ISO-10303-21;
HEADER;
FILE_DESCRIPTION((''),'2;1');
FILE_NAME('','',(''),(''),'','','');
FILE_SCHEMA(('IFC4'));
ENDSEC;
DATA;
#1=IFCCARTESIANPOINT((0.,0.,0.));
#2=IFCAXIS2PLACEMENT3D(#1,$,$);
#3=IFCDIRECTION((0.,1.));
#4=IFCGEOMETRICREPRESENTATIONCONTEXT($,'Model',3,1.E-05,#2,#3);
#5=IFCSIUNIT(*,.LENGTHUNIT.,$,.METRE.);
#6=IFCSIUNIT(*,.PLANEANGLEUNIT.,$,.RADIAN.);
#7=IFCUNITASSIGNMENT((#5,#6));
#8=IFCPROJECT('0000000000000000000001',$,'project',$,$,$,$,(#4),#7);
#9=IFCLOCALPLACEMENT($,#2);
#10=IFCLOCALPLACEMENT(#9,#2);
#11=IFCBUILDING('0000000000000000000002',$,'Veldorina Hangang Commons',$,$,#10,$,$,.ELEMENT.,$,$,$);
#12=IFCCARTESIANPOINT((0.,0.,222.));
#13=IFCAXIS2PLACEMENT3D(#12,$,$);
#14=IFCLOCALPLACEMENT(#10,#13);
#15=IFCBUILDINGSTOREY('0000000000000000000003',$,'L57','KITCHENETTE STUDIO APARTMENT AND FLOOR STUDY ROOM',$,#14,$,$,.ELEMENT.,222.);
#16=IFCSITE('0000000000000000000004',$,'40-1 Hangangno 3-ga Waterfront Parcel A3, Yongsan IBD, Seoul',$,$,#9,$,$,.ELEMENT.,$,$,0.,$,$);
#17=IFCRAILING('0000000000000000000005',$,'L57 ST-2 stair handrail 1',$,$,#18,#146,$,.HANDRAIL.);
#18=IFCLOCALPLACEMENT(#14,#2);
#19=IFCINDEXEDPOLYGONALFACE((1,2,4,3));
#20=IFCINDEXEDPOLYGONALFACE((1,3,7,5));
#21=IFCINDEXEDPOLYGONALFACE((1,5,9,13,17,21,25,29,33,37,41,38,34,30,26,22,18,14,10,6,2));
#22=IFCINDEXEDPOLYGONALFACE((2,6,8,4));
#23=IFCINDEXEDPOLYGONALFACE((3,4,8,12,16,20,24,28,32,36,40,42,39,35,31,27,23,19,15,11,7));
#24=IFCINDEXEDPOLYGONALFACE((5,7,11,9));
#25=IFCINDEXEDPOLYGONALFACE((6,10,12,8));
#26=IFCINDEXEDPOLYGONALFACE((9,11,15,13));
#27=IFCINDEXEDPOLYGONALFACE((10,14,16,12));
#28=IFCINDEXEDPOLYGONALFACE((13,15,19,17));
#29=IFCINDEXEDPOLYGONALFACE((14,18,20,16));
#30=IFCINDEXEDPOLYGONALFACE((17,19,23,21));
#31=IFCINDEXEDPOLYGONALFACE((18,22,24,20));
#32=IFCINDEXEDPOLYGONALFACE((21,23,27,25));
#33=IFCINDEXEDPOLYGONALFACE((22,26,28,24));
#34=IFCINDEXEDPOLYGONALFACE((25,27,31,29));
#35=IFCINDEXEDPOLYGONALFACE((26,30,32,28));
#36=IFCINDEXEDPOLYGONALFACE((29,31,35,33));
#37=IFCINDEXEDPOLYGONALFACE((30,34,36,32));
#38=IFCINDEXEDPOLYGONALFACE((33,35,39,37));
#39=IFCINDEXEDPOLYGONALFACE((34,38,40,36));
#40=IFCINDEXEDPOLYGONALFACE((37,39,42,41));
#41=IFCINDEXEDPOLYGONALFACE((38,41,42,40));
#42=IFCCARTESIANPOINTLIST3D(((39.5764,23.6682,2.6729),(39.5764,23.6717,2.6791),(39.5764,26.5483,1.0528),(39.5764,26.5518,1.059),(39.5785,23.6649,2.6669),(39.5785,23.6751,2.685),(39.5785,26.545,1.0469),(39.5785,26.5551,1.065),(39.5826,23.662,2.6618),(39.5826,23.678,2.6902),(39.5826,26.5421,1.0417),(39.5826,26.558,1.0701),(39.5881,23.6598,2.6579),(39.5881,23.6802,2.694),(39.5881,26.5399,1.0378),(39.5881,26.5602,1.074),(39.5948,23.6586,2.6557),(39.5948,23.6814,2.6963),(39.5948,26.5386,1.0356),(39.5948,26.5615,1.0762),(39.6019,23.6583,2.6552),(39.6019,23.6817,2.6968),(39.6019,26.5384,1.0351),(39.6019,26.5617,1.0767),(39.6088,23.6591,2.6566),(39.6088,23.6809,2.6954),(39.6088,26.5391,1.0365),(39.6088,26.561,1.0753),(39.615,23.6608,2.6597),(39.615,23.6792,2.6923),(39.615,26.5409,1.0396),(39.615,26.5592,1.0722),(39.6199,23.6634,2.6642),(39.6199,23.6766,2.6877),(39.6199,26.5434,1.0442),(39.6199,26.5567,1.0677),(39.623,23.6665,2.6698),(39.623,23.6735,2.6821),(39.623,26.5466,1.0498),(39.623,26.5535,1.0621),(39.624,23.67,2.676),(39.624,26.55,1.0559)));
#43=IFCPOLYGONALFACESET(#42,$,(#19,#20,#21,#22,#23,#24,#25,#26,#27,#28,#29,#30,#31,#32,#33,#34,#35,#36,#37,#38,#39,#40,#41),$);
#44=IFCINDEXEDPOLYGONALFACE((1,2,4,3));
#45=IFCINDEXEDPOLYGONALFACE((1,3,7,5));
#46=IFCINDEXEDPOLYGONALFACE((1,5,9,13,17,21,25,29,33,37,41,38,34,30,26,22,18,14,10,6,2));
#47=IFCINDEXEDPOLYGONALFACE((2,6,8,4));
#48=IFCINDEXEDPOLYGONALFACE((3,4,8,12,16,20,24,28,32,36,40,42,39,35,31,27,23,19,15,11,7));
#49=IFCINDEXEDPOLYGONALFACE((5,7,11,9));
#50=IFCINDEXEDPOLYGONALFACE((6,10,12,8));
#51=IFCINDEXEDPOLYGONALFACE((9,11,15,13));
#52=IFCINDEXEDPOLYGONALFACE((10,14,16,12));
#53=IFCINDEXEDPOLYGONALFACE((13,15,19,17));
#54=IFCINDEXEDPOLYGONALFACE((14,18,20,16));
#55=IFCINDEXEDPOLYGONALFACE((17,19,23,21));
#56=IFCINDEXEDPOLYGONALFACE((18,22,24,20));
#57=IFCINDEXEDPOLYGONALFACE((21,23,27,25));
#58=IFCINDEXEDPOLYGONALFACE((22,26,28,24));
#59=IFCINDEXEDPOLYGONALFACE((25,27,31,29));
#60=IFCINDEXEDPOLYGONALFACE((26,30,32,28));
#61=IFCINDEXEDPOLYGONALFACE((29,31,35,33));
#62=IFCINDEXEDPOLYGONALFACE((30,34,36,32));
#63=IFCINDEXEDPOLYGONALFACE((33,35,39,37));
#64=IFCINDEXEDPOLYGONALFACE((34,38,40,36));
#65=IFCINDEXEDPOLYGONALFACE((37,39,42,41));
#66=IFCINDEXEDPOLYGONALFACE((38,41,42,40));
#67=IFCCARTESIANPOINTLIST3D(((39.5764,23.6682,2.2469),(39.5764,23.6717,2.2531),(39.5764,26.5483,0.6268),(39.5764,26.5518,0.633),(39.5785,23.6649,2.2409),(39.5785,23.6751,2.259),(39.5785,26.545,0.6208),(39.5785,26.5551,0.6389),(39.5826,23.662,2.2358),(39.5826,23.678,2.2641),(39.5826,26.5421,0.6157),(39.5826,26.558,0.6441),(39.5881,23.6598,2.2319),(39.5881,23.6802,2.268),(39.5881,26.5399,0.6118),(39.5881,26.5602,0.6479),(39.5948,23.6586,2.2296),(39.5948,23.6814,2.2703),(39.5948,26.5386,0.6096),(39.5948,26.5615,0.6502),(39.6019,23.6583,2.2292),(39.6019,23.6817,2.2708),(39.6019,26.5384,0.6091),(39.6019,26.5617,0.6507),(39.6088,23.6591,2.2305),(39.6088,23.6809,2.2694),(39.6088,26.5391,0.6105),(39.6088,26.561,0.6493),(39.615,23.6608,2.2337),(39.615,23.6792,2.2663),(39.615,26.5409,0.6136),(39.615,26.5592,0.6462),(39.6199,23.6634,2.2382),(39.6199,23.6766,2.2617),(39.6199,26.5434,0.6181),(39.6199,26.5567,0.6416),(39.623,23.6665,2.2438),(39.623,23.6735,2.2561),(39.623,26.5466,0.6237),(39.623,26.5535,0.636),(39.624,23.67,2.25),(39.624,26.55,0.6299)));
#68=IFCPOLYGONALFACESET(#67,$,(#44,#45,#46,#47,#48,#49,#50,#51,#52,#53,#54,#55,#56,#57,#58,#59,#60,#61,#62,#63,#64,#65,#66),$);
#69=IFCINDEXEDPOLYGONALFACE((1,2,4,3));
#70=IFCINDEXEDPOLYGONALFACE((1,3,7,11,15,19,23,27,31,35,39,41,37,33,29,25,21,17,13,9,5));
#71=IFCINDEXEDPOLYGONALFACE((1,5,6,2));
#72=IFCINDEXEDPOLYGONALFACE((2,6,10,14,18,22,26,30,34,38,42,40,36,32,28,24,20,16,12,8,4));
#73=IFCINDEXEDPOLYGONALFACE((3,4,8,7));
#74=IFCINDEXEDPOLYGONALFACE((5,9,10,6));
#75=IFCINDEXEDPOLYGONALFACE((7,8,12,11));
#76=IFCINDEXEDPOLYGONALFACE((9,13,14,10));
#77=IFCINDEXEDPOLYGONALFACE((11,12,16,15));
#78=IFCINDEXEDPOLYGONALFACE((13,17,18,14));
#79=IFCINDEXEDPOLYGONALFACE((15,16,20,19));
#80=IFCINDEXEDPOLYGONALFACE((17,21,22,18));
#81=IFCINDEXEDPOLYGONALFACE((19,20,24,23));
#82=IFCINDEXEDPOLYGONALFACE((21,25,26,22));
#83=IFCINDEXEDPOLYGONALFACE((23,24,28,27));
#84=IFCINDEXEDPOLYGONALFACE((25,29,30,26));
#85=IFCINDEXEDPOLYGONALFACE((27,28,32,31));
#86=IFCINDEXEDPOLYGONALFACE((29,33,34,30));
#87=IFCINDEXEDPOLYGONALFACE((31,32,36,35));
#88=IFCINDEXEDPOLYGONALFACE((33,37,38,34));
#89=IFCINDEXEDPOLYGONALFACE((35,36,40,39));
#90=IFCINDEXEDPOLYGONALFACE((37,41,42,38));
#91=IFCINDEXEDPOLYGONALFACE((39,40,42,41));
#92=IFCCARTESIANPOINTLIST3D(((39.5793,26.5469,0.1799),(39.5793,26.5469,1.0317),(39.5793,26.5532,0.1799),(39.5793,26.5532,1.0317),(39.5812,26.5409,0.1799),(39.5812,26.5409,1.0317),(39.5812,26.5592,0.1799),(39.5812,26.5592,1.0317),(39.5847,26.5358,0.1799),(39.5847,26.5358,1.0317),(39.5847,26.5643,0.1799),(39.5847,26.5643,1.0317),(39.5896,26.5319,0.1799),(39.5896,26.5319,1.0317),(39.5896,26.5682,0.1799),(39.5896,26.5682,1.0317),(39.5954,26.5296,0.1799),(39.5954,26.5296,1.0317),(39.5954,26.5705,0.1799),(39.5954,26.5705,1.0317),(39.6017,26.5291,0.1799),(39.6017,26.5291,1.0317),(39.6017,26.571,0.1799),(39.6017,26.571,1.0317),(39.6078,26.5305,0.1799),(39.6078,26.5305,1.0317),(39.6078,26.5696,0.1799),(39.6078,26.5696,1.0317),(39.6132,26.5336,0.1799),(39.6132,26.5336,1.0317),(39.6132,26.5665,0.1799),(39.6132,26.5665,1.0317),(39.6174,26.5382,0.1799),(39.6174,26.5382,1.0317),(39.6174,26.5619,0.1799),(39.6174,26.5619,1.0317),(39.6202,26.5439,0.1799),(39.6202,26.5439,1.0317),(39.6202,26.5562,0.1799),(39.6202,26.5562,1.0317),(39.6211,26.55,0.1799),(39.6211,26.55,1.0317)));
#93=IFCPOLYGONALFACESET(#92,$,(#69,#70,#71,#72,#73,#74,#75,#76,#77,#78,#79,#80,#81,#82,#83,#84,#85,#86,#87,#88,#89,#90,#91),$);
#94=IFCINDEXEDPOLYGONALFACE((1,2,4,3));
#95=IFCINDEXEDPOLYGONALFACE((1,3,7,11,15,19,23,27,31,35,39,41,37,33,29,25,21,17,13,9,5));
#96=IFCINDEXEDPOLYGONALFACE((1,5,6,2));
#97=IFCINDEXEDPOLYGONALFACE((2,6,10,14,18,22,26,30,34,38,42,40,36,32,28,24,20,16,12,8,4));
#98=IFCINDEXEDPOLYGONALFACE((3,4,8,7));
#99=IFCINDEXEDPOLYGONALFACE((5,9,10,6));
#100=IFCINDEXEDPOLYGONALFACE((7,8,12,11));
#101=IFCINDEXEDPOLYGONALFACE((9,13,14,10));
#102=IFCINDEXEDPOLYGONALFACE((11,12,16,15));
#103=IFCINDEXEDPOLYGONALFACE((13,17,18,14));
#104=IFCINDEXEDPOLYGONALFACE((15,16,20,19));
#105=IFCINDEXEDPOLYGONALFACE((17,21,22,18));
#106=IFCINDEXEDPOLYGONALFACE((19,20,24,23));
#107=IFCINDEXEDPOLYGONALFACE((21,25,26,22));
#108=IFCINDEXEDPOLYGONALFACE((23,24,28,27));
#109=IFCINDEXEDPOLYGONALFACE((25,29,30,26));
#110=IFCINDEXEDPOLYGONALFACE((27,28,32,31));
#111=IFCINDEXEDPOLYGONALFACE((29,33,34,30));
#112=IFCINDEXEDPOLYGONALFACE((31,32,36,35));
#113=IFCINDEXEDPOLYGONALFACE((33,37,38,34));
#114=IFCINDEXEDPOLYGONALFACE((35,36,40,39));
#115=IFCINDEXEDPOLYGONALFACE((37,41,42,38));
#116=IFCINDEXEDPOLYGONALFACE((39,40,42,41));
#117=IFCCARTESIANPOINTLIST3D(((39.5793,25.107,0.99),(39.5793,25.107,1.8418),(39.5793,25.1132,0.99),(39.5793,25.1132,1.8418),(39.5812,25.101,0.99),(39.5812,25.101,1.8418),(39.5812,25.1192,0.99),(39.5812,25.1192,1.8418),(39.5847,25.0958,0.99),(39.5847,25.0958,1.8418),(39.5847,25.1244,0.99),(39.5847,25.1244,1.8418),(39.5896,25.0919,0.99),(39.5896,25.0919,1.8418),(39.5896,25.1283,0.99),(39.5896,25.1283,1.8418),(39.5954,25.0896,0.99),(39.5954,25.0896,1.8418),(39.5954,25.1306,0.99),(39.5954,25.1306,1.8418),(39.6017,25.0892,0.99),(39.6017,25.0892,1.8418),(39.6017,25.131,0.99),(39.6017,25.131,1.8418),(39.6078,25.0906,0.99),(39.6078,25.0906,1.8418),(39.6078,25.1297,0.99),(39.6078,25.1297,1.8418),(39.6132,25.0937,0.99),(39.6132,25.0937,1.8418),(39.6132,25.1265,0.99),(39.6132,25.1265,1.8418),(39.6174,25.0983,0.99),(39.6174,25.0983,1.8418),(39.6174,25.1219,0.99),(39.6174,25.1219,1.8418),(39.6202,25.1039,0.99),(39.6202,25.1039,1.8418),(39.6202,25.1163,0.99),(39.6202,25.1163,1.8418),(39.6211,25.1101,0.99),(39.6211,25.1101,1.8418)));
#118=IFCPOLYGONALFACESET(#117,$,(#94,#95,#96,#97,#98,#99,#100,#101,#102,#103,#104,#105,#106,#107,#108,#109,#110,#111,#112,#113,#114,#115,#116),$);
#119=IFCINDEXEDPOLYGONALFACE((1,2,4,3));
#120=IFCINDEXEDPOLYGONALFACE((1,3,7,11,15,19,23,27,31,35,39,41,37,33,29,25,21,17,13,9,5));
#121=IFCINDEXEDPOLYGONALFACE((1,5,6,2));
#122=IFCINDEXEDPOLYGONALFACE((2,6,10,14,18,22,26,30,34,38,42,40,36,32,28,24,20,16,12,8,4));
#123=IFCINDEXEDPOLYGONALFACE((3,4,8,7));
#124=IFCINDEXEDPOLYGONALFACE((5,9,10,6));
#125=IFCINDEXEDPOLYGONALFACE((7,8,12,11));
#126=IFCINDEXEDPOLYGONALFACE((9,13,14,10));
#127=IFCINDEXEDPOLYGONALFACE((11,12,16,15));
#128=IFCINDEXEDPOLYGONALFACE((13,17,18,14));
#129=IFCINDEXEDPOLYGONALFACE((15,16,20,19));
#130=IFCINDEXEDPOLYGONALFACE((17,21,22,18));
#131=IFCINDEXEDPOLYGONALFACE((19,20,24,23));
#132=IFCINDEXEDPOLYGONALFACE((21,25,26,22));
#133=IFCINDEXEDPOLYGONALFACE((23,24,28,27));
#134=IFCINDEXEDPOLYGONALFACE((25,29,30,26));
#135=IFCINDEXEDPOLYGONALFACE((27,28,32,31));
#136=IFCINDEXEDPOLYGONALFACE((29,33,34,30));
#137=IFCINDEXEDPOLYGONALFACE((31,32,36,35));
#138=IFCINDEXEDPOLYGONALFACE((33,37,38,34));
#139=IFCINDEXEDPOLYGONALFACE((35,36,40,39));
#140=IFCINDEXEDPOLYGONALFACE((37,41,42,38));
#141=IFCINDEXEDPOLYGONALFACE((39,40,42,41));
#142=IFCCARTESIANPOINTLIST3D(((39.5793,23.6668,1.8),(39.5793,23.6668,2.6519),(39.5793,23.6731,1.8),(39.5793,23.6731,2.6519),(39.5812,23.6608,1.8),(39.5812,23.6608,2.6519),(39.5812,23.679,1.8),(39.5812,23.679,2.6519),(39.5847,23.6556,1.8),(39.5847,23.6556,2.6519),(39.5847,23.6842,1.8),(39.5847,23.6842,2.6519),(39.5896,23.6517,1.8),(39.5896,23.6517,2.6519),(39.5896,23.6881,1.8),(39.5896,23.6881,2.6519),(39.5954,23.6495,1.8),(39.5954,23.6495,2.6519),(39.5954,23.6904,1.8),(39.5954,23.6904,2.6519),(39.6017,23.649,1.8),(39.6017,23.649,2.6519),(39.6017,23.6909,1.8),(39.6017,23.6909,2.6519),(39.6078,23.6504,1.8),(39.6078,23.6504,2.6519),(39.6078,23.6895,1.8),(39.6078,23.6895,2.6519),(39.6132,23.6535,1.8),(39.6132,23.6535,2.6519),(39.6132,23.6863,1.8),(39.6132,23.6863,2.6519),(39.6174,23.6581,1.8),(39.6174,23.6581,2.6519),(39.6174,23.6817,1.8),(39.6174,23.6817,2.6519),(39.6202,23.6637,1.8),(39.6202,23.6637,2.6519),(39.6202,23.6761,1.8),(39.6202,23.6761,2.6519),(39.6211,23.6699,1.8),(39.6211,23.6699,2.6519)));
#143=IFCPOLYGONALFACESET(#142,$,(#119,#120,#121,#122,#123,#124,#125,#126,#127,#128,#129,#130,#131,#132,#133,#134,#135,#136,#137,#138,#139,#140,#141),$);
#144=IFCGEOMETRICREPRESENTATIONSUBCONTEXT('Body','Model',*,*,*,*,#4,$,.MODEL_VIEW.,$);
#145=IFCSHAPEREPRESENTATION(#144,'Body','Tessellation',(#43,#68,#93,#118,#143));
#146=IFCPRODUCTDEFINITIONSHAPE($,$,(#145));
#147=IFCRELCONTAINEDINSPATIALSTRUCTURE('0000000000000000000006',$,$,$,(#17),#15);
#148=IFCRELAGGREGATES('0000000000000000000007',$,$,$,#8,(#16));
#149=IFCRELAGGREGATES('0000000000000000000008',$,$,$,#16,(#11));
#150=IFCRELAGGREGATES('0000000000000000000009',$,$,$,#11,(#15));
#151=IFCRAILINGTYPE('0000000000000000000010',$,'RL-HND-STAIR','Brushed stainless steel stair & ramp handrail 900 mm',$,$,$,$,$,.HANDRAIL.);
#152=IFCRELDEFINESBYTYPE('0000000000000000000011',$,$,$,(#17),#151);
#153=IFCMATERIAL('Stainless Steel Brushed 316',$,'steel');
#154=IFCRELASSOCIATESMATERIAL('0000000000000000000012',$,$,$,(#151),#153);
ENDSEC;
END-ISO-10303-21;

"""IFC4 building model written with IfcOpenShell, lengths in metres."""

from ifc_helpers import new_model, si_unit, direction, frame, origin, origin_2d, place, context, subcontext, project, spatial, circle, extrude, material, type_object, element, save


model = new_model("IFC4")

# Units and contexts
model_context = context("Model", 3, precision=1e-05, world=origin(), true_north=direction((0.0, 1.0)))
body_context = subcontext(model_context, "Body", "Model", "MODEL_VIEW")
ifc_project = project(units=[si_unit("LENGTHUNIT", "METRE"), si_unit("PLANEANGLEUNIT", "RADIAN")], contexts=[model_context])

# Site, building, storey
site_placement = place(None, origin())
site = spatial("IfcSite", under=ifc_project, at=site_placement, Name="40-1 Hangangno 3-ga Waterfront Parcel A3, Yongsan IBD, Seoul", CompositionType="ELEMENT", RefElevation=0.0)
building_placement = place(site_placement, origin())
building = spatial("IfcBuilding", under=site, at=building_placement, Name="Veldorina Hangang Commons", CompositionType="ELEMENT")
storey_placement = place(building_placement, frame((0.0, 0.0, 222.0)))
storey = spatial("IfcBuildingStorey", under=building, at=storey_placement, Name="L57", Description="KITCHENETTE STUDIO APARTMENT AND FLOOR STUDY ROOM", CompositionType="ELEMENT", Elevation=222.0)

# Railing
ifc_material_1 = material(Name="Stainless Steel Brushed 316", Category="steel")
railing_type_1 = type_object("IfcRailingType", Name="RL-HND-STAIR", Description="Brushed stainless steel stair & ramp handrail 900 mm", PredefinedType="HANDRAIL", material=ifc_material_1)
railing_1_placement = place(storey_placement, frame((39.6001, 26.55, 0.1799)))
element("IfcRailing", 1, at=railing_1_placement, inside=storey, type_object=railing_type_1, Name="L57 ST-2 stair handrail 1", PredefinedType="HANDRAIL", context=body_context, shape_type="SweptSolid", body=[
    extrude(circle(Radius=0.0239, at=origin_2d()), frame((0.0, 0.0, 0.876), z_axis=(0.0, -0.87157, 0.490272), x_axis=(1.0, 0.0, 0.0)), (0.0, 0.0, 1.0), 3.3044),
    extrude(circle(Radius=0.0239, at=origin_2d()), frame((0.0, 0.0, 0.45), z_axis=(0.0, -0.87157, 0.490272), x_axis=(1.0, 0.0, 0.0)), (0.0, 0.0, 1.0), 3.3044),
    extrude(circle(Radius=0.021, at=origin_2d()), origin(), (0.0, 0.0, 1.0), 0.8518),
    extrude(circle(Radius=0.021, at=origin_2d()), frame((0.0, -1.4399, 0.8101)), (0.0, 0.0, 1.0), 0.8518),
    extrude(circle(Radius=0.021, at=origin_2d()), frame((0.0, -2.8801, 1.6201)), (0.0, 0.0, 1.0), 0.8518),
])

save(model, "model.ifc")
